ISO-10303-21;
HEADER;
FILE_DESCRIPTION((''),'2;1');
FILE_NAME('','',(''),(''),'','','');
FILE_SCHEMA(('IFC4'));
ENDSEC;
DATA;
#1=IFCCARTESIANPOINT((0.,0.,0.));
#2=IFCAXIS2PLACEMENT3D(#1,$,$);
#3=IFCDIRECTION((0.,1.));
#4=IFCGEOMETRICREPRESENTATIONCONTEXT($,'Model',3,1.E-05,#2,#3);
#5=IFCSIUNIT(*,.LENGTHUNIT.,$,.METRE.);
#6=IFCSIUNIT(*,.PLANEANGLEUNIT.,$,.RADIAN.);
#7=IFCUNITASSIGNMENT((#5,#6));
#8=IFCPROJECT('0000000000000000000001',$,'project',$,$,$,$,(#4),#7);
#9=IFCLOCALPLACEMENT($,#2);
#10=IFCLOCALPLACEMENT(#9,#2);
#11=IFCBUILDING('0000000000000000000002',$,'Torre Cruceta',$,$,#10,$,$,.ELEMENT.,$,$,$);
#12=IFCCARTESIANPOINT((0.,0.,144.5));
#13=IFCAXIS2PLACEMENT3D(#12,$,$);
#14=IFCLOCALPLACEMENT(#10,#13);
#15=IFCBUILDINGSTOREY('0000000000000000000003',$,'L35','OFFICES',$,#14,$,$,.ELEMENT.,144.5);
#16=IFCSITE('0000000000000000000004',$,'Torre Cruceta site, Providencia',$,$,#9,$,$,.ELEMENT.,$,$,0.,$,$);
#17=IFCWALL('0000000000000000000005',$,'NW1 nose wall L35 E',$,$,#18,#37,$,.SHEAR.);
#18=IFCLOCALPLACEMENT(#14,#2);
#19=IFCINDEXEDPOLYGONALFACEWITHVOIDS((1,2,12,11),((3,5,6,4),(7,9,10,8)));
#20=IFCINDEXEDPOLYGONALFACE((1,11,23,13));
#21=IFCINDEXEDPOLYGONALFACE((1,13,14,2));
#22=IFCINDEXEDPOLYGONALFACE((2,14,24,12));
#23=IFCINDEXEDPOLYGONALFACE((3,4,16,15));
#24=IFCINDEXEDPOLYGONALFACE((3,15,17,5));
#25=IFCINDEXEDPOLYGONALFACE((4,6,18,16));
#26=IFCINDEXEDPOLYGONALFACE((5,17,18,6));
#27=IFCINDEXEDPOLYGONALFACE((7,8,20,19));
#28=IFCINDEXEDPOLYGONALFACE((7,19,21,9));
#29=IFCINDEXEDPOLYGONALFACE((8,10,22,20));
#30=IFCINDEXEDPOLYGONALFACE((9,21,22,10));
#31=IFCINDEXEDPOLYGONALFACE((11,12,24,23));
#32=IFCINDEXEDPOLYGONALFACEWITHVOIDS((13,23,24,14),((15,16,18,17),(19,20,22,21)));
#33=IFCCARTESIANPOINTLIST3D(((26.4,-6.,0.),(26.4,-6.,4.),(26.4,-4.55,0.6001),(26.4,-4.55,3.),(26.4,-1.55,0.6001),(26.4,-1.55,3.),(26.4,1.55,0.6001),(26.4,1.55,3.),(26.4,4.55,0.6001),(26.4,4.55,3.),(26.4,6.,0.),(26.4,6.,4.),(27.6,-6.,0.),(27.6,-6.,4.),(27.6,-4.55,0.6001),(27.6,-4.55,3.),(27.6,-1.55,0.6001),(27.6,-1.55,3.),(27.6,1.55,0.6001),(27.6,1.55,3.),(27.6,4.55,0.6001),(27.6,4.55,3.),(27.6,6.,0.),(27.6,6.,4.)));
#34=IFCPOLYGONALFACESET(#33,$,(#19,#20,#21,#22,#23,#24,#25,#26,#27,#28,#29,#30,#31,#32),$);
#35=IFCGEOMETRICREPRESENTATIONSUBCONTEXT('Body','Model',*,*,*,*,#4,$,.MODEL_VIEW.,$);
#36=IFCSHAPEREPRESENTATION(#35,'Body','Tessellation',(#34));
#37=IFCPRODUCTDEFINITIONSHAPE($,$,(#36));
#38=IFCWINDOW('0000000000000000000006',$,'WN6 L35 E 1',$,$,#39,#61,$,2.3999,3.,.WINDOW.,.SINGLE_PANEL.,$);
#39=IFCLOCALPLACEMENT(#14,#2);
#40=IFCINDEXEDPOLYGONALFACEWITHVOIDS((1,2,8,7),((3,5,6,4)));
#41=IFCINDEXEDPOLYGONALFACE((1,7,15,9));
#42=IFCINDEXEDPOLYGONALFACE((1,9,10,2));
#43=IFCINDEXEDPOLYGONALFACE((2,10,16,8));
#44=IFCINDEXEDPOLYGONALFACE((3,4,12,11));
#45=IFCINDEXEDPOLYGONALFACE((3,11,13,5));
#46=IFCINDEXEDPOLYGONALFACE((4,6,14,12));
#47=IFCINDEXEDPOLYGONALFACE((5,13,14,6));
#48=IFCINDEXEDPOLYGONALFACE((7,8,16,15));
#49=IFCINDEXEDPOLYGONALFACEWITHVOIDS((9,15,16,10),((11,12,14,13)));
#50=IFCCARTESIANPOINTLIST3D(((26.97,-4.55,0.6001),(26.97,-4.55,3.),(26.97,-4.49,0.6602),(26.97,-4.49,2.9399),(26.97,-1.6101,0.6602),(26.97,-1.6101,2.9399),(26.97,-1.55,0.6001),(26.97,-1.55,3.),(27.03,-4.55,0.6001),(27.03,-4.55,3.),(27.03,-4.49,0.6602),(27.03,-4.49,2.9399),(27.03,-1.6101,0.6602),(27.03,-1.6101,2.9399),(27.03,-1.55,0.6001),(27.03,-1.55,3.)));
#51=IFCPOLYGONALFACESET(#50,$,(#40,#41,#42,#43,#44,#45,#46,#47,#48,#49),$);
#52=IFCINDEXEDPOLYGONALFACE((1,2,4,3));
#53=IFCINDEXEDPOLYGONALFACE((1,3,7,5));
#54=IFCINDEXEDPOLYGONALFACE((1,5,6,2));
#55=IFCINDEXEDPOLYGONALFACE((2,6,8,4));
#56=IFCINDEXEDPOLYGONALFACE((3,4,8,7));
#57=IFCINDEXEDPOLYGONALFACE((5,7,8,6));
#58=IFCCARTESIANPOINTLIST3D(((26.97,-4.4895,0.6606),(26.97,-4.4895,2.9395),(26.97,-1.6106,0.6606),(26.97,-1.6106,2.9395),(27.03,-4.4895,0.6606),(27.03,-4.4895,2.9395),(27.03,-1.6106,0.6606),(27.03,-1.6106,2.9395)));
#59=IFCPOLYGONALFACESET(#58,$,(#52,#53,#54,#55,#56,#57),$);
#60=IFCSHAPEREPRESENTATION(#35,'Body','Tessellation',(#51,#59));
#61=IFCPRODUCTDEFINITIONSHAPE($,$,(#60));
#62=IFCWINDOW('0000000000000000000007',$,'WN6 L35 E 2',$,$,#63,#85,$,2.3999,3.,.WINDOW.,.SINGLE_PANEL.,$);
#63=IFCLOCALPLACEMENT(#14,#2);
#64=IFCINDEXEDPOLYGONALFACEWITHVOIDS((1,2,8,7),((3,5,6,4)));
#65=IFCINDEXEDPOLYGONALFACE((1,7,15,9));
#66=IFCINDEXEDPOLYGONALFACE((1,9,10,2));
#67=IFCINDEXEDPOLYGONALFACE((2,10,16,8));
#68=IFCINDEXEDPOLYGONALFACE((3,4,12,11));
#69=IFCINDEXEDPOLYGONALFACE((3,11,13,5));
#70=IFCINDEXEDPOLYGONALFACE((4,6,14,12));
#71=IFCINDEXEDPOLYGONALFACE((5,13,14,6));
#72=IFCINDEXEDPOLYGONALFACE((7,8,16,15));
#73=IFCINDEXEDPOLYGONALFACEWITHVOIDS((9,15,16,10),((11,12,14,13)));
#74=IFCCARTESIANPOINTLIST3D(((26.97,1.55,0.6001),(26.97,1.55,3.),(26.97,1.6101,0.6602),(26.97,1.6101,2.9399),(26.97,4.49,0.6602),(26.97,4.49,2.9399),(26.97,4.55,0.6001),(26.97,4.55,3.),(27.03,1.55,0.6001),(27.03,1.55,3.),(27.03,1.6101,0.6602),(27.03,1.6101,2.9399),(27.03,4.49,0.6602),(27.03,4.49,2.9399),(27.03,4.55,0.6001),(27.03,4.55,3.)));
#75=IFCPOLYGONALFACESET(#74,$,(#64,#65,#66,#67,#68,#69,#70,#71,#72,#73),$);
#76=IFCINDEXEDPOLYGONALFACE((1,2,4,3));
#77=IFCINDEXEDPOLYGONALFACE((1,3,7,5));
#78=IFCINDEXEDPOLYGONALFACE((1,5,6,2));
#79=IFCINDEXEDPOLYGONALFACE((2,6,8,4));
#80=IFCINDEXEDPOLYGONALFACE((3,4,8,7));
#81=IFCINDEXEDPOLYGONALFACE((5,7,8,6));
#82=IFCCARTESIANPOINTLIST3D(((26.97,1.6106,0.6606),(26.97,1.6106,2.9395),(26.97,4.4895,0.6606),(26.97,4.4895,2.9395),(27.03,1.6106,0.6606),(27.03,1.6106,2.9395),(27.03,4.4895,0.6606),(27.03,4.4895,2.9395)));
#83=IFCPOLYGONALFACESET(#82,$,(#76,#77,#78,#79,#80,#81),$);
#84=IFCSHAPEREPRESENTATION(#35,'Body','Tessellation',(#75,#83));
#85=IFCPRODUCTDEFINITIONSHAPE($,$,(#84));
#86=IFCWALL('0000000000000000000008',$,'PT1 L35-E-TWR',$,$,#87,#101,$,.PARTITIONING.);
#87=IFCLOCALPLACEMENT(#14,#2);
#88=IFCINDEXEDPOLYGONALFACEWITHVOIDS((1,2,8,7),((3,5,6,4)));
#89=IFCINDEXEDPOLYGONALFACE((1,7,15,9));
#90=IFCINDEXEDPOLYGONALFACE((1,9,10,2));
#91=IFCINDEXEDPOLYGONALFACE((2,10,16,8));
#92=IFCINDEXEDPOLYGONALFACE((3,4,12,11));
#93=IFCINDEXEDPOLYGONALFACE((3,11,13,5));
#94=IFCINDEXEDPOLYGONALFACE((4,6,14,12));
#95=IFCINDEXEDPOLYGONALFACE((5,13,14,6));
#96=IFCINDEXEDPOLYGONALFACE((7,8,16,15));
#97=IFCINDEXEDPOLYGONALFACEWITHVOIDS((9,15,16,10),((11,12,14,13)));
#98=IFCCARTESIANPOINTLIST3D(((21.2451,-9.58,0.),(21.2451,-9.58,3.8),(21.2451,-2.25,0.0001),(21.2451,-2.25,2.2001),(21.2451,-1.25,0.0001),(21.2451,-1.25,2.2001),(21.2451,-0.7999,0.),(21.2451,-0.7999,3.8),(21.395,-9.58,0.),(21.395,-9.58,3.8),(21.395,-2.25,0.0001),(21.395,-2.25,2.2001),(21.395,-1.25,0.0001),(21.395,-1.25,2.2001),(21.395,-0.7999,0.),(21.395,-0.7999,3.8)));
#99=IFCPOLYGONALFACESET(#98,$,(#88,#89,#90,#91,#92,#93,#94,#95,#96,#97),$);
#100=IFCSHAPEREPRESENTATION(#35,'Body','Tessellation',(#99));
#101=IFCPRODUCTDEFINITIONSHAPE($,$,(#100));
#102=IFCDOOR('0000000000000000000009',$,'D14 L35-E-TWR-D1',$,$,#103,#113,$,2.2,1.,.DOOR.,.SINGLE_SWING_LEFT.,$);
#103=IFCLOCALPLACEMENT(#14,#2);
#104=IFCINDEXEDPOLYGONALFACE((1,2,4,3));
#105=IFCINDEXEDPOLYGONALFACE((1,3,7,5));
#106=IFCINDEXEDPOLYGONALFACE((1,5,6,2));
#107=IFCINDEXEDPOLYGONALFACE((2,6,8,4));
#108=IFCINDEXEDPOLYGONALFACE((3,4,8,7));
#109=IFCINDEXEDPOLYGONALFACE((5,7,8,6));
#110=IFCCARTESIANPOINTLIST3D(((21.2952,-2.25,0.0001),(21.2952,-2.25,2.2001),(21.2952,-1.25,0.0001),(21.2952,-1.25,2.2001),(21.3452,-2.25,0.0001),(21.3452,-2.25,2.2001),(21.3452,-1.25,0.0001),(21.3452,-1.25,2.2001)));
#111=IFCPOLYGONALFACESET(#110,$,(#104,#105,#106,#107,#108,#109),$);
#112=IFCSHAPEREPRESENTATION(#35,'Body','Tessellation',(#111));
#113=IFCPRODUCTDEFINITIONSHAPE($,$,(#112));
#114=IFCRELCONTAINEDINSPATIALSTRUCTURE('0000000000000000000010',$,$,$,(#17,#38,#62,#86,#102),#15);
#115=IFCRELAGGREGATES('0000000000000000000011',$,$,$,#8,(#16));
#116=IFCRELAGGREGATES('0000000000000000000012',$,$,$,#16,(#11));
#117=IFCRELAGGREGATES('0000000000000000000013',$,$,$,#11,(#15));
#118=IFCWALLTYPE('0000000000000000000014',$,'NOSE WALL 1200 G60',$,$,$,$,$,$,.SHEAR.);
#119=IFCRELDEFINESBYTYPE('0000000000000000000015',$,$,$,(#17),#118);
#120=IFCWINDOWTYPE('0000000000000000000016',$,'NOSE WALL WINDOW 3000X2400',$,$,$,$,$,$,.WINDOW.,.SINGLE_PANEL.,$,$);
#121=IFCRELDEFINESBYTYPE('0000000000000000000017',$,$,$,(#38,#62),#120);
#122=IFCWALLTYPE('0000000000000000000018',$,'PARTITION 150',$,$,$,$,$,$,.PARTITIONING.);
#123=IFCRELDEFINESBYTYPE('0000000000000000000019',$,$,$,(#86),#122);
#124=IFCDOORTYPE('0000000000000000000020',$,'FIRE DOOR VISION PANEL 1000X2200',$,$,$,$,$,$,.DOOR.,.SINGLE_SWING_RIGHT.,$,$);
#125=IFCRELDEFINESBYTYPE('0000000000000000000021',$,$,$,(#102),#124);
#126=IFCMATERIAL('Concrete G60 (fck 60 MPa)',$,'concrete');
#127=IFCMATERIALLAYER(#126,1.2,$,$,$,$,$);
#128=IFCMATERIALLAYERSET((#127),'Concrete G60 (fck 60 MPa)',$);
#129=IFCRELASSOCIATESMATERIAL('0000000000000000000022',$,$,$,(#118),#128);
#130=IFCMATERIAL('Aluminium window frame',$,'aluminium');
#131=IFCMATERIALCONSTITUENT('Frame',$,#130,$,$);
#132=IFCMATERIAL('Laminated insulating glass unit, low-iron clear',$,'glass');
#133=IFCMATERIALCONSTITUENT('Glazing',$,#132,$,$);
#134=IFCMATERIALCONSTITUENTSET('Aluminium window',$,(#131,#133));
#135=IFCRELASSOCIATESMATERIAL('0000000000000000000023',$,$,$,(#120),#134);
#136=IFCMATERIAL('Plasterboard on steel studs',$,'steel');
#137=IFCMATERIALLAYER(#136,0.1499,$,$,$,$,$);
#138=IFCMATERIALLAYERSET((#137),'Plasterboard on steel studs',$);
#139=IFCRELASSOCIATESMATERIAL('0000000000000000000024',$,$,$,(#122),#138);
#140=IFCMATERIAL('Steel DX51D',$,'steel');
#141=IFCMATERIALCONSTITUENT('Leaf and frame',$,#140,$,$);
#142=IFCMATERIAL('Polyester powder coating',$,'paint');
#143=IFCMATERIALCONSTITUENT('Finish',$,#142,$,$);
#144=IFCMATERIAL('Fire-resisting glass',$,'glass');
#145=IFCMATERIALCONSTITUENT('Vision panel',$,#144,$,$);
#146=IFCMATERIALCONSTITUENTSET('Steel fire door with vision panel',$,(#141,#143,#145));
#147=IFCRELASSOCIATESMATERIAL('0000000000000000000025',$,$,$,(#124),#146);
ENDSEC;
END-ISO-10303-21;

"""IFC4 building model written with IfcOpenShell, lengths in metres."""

from ifc_helpers import new_model, si_unit, direction, frame, frame_2d, origin, place, context, subcontext, project, spatial, rectangle, hollow_rectangle, extrude, material, layer, layer_set, constituent, constituent_set, type_object, element, fill, save


model = new_model("IFC4")

# Units and contexts
model_context = context("Model", 3, precision=1e-05, world=origin(), true_north=direction((0.0, 1.0)))
body_context = subcontext(model_context, "Body", "Model", "MODEL_VIEW")
ifc_project = project(units=[si_unit("LENGTHUNIT", "METRE"), si_unit("PLANEANGLEUNIT", "RADIAN")], contexts=[model_context])

# Site, building, storey
site_placement = place(None, origin())
site = spatial("IfcSite", under=ifc_project, at=site_placement, Name="Torre Cruceta site, Providencia", CompositionType="ELEMENT", RefElevation=0.0)
building_placement = place(site_placement, origin())
building = spatial("IfcBuilding", under=site, at=building_placement, Name="Torre Cruceta", CompositionType="ELEMENT")
storey_placement = place(building_placement, frame((0.0, 0.0, 144.5)))
storey = spatial("IfcBuildingStorey", under=building, at=storey_placement, Name="L35", Description="OFFICES", CompositionType="ELEMENT", Elevation=144.5)

# Wall, openings, windows
ifc_material_1 = material(Name="Concrete G60 (fck 60 MPa)", Category="concrete")
ifc_layer_1 = layer(ifc_material_1, 1.2)
ifc_layer_set_1 = layer_set([ifc_layer_1], Name="Concrete G60 (fck 60 MPa)")
wall_type_1 = type_object("IfcWallType", Name="NOSE WALL 1200 G60", PredefinedType="SHEAR", material=ifc_layer_set_1)
wall_1_placement = place(storey_placement, frame((27.0, -6.0, 0.0), z_axis=(0.0, 0.0, 1.0), x_axis=(0.0, 1.0, 0.0)))
wall_1 = element("IfcWall", 1, at=wall_1_placement, inside=storey, type_object=wall_type_1, Name="NW1 nose wall L35 E", PredefinedType="SHEAR", context=body_context, shape_type="SweptSolid", body=[
    extrude(rectangle(XDim=12.0, YDim=1.2, at=frame_2d((6.0, 0.0))), origin(), (0.0, 0.0, 1.0), 4.0),
])
opening_1_placement = place(wall_1_placement, frame((1.45, 0.0, 0.6001)))
opening_1 = element("IfcOpeningElement", 2, at=opening_1_placement, cuts=wall_1, PredefinedType="OPENING", context=body_context, shape_type="SweptSolid", body=[
    extrude(rectangle(XDim=3.0, YDim=2.3999, at=frame_2d((1.5, 1.2))), frame((0.0, 0.6099, 0.0), z_axis=(0.0, -1.0, 0.0), x_axis=(1.0, 0.0, 0.0)), (0.0, 0.0, 1.0), 1.22),
])
opening_2_placement = place(wall_1_placement, frame((7.55, 0.0, 0.6001)))
opening_2 = element("IfcOpeningElement", 3, at=opening_2_placement, cuts=wall_1, PredefinedType="OPENING", context=body_context, shape_type="SweptSolid", body=[
    extrude(rectangle(XDim=3.0, YDim=2.3999, at=frame_2d((1.5, 1.2))), frame((0.0, 0.6099, 0.0), z_axis=(0.0, -1.0, 0.0), x_axis=(1.0, 0.0, 0.0)), (0.0, 0.0, 1.0), 1.22),
])
ifc_material_2 = material(Name="Aluminium window frame", Category="aluminium")
ifc_constituent_1 = constituent(ifc_material_2, Name="Frame")
ifc_material_3 = material(Name="Laminated insulating glass unit, low-iron clear", Category="glass")
ifc_constituent_2 = constituent(ifc_material_3, Name="Glazing")
ifc_constituent_set_1 = constituent_set(constituents=[ifc_constituent_1, ifc_constituent_2], Name="Aluminium window")
window_type_1 = type_object("IfcWindowType", Name="NOSE WALL WINDOW 3000X2400", PartitioningType="SINGLE_PANEL", PredefinedType="WINDOW", material=ifc_constituent_set_1)
window_1_placement = place(opening_1_placement, origin())
window_1 = element("IfcWindow", 4, at=window_1_placement, inside=storey, type_object=window_type_1, Name="WN6 L35 E 1", OverallHeight=2.3999, OverallWidth=3.0, PartitioningType="SINGLE_PANEL", PredefinedType="WINDOW", context=body_context, shape_type="SweptSolid", body=[
    extrude(hollow_rectangle(XDim=3.0, YDim=2.3999, WallThickness=0.0601, at=frame_2d((1.5, 1.2))), frame((0.0, 0.03, 0.0), z_axis=(0.0, -1.0, 0.0), x_axis=(1.0, 0.0, 0.0)), (0.0, 0.0, 1.0), 0.0601),
    extrude(rectangle(XDim=2.8789, YDim=2.2788, at=frame_2d((1.5, 1.2))), frame((0.0, 0.03, 0.0), z_axis=(0.0, -1.0, 0.0), x_axis=(1.0, 0.0, 0.0)), (0.0, 0.0, 1.0), 0.0601),
])
fill(opening_1, window_1)
window_2_placement = place(opening_2_placement, origin())
window_2 = element("IfcWindow", 5, at=window_2_placement, inside=storey, type_object=window_type_1, Name="WN6 L35 E 2", OverallHeight=2.3999, OverallWidth=3.0, PartitioningType="SINGLE_PANEL", PredefinedType="WINDOW", context=body_context, shape_type="SweptSolid", body=[
    extrude(hollow_rectangle(XDim=3.0, YDim=2.3999, WallThickness=0.0601, at=frame_2d((1.5, 1.2))), frame((0.0, 0.03, 0.0), z_axis=(0.0, -1.0, 0.0), x_axis=(1.0, 0.0, 0.0)), (0.0, 0.0, 1.0), 0.0601),
    extrude(rectangle(XDim=2.8789, YDim=2.2788, at=frame_2d((1.5, 1.2))), frame((0.0, 0.03, 0.0), z_axis=(0.0, -1.0, 0.0), x_axis=(1.0, 0.0, 0.0)), (0.0, 0.0, 1.0), 0.0601),
])
fill(opening_2, window_2)

# Wall, opening, door
ifc_material_4 = material(Name="Plasterboard on steel studs", Category="steel")
ifc_layer_2 = layer(ifc_material_4, 0.1499)
ifc_layer_set_2 = layer_set([ifc_layer_2], Name="Plasterboard on steel studs")
wall_type_2 = type_object("IfcWallType", Name="PARTITION 150", PredefinedType="PARTITIONING", material=ifc_layer_set_2)
wall_2_placement = place(storey_placement, frame((21.3201, -9.5801, 0.0), z_axis=(0.0, 0.0, 1.0), x_axis=(0.0, 1.0, 0.0)))
wall_2 = element("IfcWall", 6, at=wall_2_placement, inside=storey, type_object=wall_type_2, Name="PT1 L35-E-TWR", PredefinedType="PARTITIONING", context=body_context, shape_type="SweptSolid", body=[
    extrude(rectangle(XDim=8.78, YDim=0.1499, at=frame_2d((4.3901, 0.0))), origin(), (0.0, 0.0, 1.0), 3.8),
])
opening_3_placement = place(wall_2_placement, frame((7.3301, 0.0, 0.0)))
opening_3 = element("IfcOpeningElement", 7, at=opening_3_placement, cuts=wall_2, PredefinedType="OPENING", context=body_context, shape_type="SweptSolid", body=[
    extrude(rectangle(XDim=1.0, YDim=2.2, at=frame_2d((0.5, 1.1001))), frame((0.0, 0.085, 0.0), z_axis=(0.0, -1.0, 0.0), x_axis=(1.0, 0.0, 0.0)), (0.0, 0.0, 1.0), 0.1699),
])
ifc_material_5 = material(Name="Steel DX51D", Category="steel")
ifc_constituent_3 = constituent(ifc_material_5, Name="Leaf and frame")
ifc_material_6 = material(Name="Polyester powder coating", Category="paint")
ifc_constituent_4 = constituent(ifc_material_6, Name="Finish")
ifc_material_7 = material(Name="Fire-resisting glass", Category="glass")
ifc_constituent_5 = constituent(ifc_material_7, Name="Vision panel")
ifc_constituent_set_2 = constituent_set(constituents=[ifc_constituent_3, ifc_constituent_4, ifc_constituent_5], Name="Steel fire door with vision panel")
door_type = type_object("IfcDoorType", Name="FIRE DOOR VISION PANEL 1000X2200", OperationType="SINGLE_SWING_RIGHT", PredefinedType="DOOR", material=ifc_constituent_set_2)
door_placement = place(opening_3_placement, frame((1.0, 0.0, 0.0), z_axis=(0.0, 0.0, 1.0), x_axis=(-1.0, 0.0, 0.0)))
door = element("IfcDoor", 8, at=door_placement, inside=storey, type_object=door_type, Name="D14 L35-E-TWR-D1", OperationType="SINGLE_SWING_LEFT", OverallHeight=2.2, OverallWidth=1.0, PredefinedType="DOOR", context=body_context, shape_type="SweptSolid", body=[
    extrude(rectangle(XDim=1.0, YDim=2.2, at=frame_2d((0.5, 1.1001))), frame((0.0, 0.0251, 0.0), z_axis=(0.0, -1.0, 0.0), x_axis=(1.0, 0.0, 0.0)), (0.0, 0.0, 1.0), 0.05),
])
fill(opening_3, door)

save(model, "model.ifc")
